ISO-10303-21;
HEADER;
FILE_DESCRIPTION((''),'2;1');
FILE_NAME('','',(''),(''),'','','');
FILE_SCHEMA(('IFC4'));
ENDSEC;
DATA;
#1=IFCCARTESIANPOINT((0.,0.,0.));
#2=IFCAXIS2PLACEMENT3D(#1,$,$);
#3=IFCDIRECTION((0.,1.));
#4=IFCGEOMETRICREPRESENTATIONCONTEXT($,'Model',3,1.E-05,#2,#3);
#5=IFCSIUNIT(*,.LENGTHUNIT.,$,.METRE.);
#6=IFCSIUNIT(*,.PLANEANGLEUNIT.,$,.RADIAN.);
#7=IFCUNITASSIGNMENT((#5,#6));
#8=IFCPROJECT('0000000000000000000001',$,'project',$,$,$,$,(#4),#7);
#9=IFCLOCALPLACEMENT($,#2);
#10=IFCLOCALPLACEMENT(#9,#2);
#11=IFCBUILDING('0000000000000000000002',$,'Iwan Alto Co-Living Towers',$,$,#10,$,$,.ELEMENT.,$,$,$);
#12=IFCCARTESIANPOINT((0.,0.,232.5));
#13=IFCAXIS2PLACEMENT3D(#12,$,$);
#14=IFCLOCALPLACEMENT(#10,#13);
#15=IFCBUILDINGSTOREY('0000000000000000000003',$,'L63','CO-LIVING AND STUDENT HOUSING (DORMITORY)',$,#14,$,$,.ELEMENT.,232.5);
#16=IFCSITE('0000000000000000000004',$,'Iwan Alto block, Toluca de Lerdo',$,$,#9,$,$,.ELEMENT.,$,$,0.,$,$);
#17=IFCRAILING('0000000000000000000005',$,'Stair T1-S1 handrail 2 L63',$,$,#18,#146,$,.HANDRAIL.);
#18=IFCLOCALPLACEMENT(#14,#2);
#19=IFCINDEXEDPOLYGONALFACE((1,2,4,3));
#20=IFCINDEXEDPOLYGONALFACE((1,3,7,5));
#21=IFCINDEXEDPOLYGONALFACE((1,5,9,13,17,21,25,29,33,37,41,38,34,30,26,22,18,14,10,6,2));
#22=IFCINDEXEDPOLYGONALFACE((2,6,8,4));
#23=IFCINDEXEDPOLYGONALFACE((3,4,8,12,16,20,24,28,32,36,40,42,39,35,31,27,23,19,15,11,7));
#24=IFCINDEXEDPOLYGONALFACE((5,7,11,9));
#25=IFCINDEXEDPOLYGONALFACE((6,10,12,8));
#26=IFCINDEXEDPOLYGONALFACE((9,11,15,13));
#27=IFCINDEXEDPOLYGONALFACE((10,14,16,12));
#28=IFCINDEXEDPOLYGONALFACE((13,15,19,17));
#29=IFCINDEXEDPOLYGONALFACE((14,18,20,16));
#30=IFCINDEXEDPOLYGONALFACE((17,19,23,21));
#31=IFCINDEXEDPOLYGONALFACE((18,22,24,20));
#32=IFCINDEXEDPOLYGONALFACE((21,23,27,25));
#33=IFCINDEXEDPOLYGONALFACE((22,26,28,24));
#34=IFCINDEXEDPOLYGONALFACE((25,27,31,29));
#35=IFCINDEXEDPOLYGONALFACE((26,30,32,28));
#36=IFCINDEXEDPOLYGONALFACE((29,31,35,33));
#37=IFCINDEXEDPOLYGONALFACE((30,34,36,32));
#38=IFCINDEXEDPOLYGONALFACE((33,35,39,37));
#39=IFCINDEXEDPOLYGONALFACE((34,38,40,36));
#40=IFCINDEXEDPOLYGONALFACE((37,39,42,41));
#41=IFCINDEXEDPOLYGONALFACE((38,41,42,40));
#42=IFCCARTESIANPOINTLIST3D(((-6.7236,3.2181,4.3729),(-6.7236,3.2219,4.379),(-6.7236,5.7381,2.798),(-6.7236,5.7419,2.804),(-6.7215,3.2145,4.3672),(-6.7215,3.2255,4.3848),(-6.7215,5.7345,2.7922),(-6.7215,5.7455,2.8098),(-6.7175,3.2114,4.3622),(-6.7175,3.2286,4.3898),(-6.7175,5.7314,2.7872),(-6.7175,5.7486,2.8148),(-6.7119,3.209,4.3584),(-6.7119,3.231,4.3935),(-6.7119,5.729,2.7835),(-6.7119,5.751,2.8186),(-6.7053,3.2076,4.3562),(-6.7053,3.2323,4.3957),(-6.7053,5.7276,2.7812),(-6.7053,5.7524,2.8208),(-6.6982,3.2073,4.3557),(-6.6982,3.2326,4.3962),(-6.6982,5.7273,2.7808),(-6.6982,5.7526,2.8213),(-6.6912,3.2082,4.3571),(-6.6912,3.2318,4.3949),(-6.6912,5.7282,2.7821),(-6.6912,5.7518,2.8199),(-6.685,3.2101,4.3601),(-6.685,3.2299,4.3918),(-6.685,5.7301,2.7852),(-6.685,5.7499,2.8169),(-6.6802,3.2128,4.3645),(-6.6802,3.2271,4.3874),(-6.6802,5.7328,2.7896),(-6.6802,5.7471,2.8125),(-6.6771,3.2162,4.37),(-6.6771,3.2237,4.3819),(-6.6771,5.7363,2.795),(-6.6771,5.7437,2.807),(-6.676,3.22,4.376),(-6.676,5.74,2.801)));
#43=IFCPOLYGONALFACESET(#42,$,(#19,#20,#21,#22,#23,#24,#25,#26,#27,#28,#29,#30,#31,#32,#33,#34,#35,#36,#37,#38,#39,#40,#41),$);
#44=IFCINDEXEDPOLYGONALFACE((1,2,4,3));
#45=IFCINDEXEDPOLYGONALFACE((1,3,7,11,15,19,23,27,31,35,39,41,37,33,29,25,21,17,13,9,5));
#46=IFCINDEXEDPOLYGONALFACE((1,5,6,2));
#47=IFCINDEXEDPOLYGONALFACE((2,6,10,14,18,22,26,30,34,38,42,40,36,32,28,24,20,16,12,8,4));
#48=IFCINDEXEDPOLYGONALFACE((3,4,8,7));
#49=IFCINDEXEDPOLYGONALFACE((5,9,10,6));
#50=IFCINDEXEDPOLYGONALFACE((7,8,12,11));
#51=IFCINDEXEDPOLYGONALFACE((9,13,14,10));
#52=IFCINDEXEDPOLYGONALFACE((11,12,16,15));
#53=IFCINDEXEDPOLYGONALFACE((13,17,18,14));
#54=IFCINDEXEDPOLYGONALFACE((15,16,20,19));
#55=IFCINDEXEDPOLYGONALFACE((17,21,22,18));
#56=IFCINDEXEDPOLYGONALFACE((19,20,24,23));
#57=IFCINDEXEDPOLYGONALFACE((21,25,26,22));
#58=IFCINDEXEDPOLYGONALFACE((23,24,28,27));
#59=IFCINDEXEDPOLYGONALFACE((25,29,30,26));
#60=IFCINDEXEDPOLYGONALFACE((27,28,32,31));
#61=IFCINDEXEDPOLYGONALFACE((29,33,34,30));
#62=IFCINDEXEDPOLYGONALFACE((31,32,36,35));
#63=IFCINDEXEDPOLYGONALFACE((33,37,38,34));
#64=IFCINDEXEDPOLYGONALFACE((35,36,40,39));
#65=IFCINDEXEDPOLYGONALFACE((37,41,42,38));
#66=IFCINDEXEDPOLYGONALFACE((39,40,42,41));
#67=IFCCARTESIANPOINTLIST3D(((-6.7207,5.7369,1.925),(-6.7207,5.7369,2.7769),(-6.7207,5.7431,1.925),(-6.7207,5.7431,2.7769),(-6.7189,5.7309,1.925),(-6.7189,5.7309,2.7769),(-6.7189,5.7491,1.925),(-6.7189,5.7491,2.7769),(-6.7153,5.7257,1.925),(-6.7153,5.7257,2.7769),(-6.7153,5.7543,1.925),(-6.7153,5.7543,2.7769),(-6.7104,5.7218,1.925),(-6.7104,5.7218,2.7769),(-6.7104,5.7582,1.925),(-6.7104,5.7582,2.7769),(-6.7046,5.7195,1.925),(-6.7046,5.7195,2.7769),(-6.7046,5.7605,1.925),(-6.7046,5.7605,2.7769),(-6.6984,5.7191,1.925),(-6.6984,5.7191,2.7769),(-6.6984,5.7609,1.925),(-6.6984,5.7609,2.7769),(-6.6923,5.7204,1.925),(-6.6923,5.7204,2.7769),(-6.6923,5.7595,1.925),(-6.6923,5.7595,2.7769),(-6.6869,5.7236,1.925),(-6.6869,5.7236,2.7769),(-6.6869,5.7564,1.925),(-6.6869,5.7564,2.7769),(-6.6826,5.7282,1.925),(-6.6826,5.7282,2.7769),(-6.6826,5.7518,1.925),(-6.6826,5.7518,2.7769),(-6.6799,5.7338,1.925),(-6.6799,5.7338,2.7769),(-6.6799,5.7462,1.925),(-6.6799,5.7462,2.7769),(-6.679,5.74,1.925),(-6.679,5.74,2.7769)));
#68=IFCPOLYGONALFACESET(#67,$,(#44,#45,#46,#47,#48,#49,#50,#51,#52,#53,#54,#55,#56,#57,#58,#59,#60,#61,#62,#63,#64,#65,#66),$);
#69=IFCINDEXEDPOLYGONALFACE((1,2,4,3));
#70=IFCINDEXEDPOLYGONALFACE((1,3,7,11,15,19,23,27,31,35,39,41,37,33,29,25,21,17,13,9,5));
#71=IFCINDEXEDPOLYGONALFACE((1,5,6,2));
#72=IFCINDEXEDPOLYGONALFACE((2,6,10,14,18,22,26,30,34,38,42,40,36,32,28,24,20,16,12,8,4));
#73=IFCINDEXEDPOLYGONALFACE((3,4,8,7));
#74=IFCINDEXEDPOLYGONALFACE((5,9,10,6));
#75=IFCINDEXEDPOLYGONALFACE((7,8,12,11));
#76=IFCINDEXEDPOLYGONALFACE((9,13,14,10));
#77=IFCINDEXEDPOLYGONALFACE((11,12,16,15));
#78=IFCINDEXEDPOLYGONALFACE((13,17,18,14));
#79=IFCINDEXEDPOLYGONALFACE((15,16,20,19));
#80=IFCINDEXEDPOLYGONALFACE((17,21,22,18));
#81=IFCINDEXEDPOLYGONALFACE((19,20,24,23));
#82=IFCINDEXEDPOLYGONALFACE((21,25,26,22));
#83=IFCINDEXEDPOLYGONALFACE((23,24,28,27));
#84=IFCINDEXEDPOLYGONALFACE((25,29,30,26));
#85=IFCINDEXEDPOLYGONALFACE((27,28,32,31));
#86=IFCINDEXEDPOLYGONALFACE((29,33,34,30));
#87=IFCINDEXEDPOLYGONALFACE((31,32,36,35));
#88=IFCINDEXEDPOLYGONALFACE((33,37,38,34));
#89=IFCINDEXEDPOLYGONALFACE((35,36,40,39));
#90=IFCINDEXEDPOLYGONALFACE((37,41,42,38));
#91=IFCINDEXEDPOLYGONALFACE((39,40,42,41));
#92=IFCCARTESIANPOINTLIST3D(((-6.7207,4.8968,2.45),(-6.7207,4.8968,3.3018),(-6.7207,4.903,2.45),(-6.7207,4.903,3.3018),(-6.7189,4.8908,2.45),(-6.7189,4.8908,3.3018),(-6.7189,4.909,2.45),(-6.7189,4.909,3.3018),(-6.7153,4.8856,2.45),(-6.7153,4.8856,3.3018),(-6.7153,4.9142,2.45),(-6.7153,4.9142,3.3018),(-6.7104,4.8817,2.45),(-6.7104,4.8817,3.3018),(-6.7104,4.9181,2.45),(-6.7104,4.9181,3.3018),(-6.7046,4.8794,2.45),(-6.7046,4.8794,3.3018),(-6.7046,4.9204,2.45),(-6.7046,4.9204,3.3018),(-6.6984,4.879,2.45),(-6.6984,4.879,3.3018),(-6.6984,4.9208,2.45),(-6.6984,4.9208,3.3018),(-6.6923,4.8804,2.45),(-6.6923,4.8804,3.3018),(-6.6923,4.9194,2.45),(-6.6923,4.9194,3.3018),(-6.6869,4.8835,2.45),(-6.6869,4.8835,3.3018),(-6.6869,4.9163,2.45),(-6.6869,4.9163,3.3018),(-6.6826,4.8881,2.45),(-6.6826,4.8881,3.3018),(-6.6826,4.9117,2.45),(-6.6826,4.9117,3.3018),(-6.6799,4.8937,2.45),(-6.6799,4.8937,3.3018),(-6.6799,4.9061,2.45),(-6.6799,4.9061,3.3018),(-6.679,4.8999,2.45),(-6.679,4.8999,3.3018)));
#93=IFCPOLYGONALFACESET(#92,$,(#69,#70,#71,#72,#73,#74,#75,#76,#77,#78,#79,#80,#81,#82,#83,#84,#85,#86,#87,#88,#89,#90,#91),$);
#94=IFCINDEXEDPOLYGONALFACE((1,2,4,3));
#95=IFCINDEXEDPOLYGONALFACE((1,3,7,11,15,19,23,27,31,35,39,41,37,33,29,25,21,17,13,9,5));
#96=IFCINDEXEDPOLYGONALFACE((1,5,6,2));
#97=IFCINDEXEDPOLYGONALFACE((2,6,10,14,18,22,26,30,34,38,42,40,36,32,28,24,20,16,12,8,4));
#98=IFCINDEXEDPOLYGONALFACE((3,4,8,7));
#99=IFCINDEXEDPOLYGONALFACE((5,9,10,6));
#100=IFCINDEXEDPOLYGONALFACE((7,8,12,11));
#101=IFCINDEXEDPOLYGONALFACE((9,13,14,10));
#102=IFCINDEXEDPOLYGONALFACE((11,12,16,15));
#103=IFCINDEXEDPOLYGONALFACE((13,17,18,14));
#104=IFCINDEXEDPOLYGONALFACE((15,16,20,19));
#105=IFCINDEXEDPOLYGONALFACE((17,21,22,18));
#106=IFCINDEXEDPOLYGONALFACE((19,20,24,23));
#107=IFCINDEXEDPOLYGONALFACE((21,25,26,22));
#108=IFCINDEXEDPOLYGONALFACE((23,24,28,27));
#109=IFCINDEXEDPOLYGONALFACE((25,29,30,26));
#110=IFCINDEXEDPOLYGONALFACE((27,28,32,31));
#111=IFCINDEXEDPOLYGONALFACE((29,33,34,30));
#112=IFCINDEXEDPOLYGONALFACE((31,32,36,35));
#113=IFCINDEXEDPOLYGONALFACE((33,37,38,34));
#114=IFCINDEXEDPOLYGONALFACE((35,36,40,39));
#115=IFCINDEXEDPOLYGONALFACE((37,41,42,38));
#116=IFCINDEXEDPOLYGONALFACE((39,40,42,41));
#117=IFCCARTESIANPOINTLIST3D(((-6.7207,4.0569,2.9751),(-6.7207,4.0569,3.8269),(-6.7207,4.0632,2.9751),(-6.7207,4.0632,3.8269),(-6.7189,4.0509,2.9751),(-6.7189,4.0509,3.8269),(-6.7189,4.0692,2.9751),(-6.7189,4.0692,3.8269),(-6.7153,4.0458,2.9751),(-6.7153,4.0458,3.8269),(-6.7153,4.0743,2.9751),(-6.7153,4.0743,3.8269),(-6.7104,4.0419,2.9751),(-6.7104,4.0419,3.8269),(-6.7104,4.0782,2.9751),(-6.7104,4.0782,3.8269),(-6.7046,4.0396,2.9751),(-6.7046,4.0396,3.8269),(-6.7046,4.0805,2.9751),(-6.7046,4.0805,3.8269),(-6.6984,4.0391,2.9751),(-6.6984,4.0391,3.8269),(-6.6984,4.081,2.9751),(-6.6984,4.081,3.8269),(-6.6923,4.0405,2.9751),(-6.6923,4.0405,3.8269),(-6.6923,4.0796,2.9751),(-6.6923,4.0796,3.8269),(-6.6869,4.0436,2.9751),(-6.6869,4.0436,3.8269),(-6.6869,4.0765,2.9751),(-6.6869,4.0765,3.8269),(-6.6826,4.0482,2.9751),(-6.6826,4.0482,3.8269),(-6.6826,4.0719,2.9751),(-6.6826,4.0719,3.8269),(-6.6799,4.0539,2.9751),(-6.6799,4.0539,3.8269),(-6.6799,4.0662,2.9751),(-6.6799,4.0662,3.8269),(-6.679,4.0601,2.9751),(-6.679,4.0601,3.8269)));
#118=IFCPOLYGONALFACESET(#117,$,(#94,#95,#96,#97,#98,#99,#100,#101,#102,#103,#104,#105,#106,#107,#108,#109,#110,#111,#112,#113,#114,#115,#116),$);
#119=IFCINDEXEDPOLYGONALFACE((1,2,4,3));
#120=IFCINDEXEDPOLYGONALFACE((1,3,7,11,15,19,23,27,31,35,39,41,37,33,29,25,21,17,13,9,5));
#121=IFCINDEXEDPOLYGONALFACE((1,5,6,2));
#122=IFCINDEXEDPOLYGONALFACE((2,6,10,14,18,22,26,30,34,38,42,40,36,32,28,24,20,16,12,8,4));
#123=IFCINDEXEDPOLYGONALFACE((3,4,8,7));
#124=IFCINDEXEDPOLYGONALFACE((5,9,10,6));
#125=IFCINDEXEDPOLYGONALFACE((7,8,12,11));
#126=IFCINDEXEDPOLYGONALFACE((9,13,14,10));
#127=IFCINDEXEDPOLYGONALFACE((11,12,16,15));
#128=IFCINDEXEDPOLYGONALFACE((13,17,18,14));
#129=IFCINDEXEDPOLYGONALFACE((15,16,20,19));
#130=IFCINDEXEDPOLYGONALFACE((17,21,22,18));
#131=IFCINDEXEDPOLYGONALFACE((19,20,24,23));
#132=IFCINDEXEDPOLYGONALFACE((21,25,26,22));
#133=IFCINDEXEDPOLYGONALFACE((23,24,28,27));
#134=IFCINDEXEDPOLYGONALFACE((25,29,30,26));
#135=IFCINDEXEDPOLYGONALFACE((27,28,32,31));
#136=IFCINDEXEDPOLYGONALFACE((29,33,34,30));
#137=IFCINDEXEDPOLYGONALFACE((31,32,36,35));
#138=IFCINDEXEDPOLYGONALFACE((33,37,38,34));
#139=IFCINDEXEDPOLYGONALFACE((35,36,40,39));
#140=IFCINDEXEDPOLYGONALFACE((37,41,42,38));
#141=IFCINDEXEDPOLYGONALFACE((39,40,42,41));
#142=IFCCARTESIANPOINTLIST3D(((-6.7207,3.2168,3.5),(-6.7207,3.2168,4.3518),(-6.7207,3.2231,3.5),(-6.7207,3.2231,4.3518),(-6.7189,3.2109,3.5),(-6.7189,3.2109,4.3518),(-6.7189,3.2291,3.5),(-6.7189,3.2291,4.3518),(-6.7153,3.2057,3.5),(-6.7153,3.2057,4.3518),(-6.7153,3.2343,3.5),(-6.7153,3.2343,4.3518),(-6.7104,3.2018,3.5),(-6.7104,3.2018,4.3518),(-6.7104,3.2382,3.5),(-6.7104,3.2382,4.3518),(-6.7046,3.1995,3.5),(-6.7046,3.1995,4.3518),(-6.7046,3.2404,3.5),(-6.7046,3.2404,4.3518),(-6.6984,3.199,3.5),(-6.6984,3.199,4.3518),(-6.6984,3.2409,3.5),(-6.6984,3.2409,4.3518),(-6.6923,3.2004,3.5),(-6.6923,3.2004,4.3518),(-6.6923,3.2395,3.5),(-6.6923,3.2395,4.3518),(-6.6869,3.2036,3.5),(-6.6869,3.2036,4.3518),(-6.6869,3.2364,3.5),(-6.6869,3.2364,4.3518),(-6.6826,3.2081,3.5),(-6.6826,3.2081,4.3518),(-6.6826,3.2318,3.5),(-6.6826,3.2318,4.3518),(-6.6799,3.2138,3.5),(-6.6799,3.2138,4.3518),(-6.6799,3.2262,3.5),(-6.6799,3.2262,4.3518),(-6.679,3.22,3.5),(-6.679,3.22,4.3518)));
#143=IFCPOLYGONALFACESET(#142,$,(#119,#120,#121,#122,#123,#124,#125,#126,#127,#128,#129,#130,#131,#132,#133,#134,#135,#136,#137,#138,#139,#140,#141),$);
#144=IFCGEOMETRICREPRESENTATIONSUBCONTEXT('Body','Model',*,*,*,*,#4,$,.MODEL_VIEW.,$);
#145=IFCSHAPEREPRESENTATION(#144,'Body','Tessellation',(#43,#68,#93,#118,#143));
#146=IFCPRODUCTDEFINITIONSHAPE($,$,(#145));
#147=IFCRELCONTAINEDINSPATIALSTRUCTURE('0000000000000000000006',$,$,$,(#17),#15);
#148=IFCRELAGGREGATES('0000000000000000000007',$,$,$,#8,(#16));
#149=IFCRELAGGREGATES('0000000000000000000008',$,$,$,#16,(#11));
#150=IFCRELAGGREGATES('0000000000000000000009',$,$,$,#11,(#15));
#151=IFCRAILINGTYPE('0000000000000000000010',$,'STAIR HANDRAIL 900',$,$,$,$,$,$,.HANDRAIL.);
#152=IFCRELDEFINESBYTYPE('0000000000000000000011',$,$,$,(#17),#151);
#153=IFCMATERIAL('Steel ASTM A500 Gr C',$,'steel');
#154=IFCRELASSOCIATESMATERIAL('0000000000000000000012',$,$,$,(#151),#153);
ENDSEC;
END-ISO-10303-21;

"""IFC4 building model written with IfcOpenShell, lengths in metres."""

from ifc_helpers import new_model, si_unit, direction, frame, origin, origin_2d, place, context, subcontext, project, spatial, circle, extrude, material, type_object, element, save


model = new_model("IFC4")

# Units and contexts
model_context = context("Model", 3, precision=1e-05, world=origin(), true_north=direction((0.0, 1.0)))
body_context = subcontext(model_context, "Body", "Model", "MODEL_VIEW")
ifc_project = project(units=[si_unit("LENGTHUNIT", "METRE"), si_unit("PLANEANGLEUNIT", "RADIAN")], contexts=[model_context])

# Site, building, storey
site_placement = place(None, origin())
site = spatial("IfcSite", under=ifc_project, at=site_placement, Name="Iwan Alto block, Toluca de Lerdo", CompositionType="ELEMENT", RefElevation=0.0)
building_placement = place(site_placement, origin())
building = spatial("IfcBuilding", under=site, at=building_placement, Name="Iwan Alto Co-Living Towers", CompositionType="ELEMENT")
storey_placement = place(building_placement, frame((0.0, 0.0, 232.5)))
storey = spatial("IfcBuildingStorey", under=building, at=storey_placement, Name="L63", Description="CO-LIVING AND STUDENT HOUSING (DORMITORY)", CompositionType="ELEMENT", Elevation=232.5)

# Railing
ifc_material_1 = material(Name="Steel ASTM A500 Gr C", Category="steel")
railing_type_1 = type_object("IfcRailingType", Name="STAIR HANDRAIL 900", PredefinedType="HANDRAIL", material=ifc_material_1)
railing_1_placement = place(storey_placement, frame((-6.7, 5.74, 1.925)))
element("IfcRailing", 1, at=railing_1_placement, inside=storey, type_object=railing_type_1, Name="Stair T1-S1 handrail 2 L63", PredefinedType="HANDRAIL", context=body_context, shape_type="SweptSolid", body=[
    extrude(circle(Radius=0.0239, at=origin_2d()), frame((0.0, 0.0, 0.876), z_axis=(0.0, -0.848008, 0.529984), x_axis=(1.0, 0.0, 0.0)), (0.0, 0.0, 1.0), 2.9717),
    extrude(circle(Radius=0.021, at=origin_2d()), origin(), (0.0, 0.0, 1.0), 0.8518),
    extrude(circle(Radius=0.021, at=origin_2d()), frame((0.0, -0.8401, 0.5249)), (0.0, 0.0, 1.0), 0.8518),
    extrude(circle(Radius=0.021, at=origin_2d()), frame((0.0, -1.6799, 1.05)), (0.0, 0.0, 1.0), 0.8518),
    extrude(circle(Radius=0.021, at=origin_2d()), frame((0.0, -2.52, 1.575)), (0.0, 0.0, 1.0), 0.8518),
])

save(model, "model.ifc")
